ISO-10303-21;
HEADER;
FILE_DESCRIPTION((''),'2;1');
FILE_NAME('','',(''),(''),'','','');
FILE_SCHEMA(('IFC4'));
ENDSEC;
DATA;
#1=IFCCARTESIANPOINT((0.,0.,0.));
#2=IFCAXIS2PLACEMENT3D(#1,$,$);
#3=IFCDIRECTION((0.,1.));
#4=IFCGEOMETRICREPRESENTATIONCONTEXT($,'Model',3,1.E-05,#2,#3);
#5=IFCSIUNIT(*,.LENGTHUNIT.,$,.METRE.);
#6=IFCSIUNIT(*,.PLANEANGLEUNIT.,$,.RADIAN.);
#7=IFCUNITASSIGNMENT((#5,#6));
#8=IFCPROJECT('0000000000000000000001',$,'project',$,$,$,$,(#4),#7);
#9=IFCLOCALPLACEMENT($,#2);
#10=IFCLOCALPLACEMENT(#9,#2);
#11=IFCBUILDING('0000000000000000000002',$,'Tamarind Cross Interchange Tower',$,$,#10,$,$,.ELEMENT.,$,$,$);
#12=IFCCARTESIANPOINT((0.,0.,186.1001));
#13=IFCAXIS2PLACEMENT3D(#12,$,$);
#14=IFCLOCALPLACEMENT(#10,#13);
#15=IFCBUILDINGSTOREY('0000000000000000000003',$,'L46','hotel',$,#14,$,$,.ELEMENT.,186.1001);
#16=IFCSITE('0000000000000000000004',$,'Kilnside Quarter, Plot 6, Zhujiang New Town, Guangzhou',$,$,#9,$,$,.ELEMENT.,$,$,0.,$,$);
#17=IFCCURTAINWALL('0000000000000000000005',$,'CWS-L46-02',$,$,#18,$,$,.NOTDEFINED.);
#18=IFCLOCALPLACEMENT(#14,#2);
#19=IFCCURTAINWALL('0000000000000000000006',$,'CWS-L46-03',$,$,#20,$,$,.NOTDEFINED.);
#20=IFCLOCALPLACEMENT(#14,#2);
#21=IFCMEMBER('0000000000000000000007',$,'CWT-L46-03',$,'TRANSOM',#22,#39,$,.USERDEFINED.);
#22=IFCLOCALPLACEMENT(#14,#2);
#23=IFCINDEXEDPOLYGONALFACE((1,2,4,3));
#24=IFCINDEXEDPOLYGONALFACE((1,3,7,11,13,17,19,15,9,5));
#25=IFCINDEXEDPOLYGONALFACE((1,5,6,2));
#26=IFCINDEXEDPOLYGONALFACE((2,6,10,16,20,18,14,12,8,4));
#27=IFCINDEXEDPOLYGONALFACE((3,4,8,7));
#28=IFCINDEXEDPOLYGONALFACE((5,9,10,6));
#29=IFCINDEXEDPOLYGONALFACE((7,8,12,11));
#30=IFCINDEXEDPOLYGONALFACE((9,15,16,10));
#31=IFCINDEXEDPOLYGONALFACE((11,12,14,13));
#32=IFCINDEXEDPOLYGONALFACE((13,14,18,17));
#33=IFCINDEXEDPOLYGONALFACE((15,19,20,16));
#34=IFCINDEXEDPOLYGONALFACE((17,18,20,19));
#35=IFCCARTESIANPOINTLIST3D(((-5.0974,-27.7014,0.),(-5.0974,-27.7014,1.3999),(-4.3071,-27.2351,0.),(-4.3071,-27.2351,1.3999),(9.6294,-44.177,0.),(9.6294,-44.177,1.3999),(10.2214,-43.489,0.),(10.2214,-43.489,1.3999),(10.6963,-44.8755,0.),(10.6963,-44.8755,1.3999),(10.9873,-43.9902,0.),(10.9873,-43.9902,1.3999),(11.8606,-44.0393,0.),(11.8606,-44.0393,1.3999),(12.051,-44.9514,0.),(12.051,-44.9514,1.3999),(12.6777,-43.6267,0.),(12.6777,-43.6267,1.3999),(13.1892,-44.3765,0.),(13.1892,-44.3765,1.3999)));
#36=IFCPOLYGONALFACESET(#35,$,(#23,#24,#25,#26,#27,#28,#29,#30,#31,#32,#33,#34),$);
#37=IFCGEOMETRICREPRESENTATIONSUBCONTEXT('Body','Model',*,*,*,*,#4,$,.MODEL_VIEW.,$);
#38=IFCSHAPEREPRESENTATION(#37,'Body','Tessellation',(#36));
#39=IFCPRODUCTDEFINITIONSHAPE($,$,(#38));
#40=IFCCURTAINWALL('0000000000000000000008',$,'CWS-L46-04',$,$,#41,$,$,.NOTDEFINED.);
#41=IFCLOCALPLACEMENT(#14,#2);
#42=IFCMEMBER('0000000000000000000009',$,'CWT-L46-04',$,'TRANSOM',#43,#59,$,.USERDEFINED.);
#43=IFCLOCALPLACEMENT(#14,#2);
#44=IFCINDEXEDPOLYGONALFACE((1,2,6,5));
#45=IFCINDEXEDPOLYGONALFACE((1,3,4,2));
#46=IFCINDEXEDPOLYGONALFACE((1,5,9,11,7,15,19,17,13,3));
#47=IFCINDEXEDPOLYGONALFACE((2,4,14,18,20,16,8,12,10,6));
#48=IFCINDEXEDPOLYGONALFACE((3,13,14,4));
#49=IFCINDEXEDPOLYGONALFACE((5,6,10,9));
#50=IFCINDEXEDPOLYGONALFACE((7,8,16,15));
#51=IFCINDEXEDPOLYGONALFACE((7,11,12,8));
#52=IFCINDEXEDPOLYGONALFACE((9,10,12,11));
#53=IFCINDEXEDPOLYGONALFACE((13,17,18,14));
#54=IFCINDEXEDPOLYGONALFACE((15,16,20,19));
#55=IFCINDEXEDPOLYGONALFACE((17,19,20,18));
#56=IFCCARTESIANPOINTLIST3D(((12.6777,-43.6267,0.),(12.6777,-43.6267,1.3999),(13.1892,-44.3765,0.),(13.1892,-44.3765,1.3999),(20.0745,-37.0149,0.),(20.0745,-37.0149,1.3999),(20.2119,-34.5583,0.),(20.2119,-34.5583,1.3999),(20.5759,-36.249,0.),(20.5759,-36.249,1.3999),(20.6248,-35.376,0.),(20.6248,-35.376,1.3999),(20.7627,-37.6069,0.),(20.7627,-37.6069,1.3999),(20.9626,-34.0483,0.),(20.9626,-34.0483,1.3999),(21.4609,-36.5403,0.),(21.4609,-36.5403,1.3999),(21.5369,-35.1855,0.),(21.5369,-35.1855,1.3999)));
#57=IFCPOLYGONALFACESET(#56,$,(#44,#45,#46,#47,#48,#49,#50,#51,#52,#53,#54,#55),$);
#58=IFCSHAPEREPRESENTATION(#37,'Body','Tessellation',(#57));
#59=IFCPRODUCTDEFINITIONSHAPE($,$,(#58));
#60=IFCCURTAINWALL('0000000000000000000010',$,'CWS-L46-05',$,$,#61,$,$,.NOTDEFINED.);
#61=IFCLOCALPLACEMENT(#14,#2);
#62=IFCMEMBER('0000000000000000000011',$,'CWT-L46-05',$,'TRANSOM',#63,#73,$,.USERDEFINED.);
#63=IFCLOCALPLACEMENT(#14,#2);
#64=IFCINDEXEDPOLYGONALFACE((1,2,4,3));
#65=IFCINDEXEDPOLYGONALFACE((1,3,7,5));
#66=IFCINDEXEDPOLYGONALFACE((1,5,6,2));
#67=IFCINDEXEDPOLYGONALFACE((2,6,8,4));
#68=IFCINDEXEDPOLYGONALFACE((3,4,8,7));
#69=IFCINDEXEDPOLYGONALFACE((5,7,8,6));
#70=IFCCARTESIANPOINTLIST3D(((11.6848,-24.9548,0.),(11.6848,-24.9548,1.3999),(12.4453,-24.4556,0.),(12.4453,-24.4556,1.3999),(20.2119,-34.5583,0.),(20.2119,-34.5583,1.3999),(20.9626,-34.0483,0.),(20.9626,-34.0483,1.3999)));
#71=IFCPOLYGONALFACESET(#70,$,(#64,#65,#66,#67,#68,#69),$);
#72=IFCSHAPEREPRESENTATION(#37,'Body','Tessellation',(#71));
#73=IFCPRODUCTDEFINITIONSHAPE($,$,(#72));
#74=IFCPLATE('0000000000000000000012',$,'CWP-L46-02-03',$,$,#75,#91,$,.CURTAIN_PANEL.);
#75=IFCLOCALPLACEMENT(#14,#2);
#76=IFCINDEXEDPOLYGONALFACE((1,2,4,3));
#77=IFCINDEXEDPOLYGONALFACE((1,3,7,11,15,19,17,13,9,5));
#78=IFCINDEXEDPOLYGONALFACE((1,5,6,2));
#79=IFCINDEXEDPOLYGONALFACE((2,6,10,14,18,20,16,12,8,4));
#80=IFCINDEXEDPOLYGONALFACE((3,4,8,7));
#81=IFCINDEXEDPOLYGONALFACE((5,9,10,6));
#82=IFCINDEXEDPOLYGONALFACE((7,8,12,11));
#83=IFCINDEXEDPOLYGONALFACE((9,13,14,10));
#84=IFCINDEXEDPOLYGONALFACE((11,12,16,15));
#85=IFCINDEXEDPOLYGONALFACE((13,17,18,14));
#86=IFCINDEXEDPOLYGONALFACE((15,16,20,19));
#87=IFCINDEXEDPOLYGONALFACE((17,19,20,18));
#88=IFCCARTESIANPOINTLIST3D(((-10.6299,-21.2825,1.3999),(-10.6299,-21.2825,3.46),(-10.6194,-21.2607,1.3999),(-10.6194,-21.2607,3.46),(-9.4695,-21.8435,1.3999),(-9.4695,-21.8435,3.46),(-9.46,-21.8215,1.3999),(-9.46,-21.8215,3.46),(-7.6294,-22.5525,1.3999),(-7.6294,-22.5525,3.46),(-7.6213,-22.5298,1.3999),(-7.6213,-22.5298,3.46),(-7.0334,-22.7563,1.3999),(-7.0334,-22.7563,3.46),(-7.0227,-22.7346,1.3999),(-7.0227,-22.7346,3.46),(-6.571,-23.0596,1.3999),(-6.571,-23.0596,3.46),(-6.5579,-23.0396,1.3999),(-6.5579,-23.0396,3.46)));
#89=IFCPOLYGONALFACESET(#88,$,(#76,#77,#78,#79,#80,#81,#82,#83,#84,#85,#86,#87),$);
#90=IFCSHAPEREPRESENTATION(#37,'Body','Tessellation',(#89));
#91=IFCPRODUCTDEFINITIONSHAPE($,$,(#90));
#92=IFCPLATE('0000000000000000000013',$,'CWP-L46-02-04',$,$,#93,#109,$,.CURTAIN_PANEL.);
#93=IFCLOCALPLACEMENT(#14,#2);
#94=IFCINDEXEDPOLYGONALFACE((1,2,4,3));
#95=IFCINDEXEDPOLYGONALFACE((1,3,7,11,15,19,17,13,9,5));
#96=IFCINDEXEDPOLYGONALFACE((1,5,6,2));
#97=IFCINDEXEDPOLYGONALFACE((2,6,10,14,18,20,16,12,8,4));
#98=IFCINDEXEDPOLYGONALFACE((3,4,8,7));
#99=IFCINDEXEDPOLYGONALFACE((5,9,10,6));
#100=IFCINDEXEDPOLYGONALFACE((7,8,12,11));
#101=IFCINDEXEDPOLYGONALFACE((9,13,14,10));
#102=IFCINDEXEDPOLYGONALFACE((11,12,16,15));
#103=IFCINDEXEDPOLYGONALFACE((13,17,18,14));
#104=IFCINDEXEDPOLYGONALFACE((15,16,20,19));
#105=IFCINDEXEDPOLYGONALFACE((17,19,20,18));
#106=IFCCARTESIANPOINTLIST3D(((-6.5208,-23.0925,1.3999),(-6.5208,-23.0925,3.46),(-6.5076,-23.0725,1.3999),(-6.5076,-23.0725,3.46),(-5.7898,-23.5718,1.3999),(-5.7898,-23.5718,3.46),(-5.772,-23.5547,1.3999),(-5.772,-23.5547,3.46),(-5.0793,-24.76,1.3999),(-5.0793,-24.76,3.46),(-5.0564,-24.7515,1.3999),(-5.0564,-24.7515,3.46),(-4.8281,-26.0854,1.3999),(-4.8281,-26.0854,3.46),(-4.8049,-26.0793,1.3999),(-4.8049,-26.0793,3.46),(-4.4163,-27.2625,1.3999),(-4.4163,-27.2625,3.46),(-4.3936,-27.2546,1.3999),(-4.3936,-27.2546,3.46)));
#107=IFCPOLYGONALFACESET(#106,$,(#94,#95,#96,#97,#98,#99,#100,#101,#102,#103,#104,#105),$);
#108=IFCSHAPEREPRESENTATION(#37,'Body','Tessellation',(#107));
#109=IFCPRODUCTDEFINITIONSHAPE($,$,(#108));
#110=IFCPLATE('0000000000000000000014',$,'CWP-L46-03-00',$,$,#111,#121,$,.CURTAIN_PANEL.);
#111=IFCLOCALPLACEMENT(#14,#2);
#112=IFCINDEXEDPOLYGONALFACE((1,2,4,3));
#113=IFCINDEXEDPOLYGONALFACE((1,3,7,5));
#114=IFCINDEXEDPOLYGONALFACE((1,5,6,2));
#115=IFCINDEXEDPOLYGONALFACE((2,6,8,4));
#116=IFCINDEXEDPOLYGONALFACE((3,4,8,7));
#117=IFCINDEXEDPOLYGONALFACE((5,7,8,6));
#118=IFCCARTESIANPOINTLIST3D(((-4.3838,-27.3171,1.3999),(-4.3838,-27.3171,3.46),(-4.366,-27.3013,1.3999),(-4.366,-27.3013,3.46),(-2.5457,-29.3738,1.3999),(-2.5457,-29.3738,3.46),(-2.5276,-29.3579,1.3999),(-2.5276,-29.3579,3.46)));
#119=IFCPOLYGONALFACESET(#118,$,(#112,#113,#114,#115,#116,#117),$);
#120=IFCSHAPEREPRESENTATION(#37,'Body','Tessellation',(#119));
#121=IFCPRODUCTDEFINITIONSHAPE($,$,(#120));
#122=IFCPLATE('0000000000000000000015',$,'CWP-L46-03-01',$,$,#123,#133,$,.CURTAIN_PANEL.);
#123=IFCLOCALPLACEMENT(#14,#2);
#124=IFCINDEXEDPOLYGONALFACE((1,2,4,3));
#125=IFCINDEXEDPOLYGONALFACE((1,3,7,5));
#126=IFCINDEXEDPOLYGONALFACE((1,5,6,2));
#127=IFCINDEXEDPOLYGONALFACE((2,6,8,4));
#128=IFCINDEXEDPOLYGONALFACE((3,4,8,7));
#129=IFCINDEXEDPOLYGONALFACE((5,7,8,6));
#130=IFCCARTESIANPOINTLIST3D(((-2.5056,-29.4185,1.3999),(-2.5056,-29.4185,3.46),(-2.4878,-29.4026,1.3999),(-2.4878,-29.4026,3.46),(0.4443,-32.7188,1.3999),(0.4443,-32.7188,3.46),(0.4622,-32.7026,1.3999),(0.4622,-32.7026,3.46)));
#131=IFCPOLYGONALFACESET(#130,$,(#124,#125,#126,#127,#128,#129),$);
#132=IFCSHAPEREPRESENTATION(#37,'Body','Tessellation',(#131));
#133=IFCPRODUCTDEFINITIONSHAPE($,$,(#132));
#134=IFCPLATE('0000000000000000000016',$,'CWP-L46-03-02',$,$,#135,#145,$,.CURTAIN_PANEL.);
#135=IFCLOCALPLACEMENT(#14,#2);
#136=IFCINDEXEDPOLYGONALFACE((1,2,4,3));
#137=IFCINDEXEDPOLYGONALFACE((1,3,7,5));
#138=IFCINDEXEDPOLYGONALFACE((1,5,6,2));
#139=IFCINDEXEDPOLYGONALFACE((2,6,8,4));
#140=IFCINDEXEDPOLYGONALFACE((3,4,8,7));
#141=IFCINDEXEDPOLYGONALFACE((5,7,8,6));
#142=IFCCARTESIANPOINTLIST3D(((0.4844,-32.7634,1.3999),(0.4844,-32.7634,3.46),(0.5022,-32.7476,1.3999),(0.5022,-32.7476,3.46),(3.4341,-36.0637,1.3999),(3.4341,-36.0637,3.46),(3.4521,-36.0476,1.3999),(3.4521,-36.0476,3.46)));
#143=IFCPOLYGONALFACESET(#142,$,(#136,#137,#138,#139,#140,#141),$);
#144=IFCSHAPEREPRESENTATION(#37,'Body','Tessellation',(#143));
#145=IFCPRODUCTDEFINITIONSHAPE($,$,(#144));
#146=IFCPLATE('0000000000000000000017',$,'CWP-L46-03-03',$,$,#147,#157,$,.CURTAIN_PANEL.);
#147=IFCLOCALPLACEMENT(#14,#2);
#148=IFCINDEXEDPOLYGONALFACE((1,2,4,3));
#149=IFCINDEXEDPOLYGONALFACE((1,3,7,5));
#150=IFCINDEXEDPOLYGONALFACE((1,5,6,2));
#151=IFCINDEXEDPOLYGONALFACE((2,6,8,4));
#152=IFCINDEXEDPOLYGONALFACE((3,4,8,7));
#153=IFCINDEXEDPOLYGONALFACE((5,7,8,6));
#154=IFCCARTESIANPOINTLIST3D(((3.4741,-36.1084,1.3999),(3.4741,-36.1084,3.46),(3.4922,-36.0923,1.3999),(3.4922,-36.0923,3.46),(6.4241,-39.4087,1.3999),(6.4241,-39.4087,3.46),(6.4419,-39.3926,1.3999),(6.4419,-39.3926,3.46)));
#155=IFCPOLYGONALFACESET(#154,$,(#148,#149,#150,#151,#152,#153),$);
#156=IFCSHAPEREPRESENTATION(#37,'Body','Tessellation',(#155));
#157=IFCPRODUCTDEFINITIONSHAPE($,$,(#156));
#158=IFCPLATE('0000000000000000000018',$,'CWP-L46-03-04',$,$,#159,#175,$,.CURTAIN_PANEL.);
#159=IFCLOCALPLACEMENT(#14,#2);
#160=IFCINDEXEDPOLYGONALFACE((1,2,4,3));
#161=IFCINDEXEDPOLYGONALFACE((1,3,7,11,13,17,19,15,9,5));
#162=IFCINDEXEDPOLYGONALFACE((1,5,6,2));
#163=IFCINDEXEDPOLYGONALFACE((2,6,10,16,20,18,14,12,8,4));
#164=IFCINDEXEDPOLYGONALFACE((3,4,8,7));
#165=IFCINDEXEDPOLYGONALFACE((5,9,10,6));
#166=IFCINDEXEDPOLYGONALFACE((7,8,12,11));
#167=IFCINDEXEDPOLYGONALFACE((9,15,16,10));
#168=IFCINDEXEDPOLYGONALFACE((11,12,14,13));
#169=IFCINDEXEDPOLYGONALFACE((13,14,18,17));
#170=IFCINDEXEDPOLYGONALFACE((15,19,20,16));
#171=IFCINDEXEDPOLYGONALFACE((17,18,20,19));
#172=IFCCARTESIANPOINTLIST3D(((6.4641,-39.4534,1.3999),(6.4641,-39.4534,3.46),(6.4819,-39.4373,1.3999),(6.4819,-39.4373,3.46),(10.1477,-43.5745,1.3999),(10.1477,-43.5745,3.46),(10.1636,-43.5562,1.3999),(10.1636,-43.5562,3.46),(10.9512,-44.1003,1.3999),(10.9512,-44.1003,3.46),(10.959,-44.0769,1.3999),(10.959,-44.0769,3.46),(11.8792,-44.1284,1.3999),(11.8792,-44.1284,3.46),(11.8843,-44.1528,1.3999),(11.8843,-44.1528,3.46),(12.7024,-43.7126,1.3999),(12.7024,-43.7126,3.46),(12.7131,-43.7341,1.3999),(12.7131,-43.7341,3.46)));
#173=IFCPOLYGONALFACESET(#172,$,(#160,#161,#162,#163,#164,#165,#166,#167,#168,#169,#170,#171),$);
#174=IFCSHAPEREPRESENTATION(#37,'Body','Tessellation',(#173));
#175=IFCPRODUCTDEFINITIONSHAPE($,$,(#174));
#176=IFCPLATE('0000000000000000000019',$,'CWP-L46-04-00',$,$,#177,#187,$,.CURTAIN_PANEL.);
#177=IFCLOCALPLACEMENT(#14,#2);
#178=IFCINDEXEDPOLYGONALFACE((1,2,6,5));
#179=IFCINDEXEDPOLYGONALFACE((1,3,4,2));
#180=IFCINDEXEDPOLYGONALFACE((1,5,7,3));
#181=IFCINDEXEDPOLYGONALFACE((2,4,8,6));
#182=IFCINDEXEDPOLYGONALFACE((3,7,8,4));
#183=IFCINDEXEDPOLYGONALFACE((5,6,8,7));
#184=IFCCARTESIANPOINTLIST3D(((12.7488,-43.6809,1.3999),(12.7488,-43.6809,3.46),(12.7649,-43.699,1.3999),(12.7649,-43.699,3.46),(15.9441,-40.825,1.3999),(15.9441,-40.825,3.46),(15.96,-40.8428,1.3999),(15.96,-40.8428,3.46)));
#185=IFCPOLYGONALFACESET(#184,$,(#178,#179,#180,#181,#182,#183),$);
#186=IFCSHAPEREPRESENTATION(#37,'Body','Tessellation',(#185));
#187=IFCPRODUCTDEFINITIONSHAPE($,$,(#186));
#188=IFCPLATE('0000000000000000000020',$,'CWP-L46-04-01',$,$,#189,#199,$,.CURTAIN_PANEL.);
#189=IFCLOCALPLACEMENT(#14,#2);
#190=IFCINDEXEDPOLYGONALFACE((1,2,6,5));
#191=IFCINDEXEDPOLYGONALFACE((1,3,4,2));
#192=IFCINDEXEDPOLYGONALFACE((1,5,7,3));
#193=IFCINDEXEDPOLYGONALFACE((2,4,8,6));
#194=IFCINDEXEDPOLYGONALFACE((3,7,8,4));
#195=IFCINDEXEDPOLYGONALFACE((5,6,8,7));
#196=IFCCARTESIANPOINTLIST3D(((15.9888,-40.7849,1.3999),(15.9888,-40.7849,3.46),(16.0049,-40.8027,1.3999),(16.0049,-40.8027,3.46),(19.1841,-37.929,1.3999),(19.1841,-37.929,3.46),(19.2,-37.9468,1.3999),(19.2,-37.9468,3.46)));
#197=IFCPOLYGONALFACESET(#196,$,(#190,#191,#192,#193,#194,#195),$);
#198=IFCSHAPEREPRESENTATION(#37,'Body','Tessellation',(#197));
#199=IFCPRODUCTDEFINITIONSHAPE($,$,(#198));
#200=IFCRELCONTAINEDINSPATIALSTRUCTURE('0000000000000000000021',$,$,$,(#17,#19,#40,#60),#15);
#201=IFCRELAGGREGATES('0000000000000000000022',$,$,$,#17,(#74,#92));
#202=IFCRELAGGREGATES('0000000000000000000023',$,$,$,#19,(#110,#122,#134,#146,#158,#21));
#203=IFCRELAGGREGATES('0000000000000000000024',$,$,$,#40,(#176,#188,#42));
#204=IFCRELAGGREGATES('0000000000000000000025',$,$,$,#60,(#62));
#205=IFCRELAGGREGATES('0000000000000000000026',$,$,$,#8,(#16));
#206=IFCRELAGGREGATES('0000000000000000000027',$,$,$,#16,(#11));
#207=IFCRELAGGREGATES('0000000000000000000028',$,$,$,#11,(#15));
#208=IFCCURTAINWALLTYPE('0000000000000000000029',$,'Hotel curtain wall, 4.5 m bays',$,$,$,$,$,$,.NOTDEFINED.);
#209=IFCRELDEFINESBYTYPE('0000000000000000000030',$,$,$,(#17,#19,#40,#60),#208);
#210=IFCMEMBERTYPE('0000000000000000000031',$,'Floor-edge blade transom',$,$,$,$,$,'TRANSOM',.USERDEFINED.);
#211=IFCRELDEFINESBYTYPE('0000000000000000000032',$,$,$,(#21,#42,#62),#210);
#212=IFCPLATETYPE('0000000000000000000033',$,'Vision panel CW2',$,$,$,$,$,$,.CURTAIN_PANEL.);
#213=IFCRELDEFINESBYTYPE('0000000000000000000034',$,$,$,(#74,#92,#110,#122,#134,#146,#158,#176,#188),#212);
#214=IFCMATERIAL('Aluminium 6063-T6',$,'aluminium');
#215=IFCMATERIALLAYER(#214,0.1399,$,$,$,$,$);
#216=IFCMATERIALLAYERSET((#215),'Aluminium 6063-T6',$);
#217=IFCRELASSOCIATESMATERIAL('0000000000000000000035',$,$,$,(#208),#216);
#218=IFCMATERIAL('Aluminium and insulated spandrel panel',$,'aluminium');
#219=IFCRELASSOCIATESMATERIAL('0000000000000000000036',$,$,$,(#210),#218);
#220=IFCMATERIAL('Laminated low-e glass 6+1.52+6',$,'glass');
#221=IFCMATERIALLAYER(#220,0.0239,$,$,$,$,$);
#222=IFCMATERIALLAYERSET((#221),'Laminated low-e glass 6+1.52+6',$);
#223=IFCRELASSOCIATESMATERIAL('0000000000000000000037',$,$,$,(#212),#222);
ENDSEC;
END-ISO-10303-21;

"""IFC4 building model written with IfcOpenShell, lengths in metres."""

from ifc_helpers import new_model, si_unit, direction, frame, origin, place, context, subcontext, project, spatial, polyline, outline, extrude, material, layer, layer_set, type_object, element, aggregate, save


model = new_model("IFC4")

# Units and contexts
model_context = context("Model", 3, precision=1e-05, world=origin(), true_north=direction((0.0, 1.0)))
body_context = subcontext(model_context, "Body", "Model", "MODEL_VIEW")
ifc_project = project(units=[si_unit("LENGTHUNIT", "METRE"), si_unit("PLANEANGLEUNIT", "RADIAN")], contexts=[model_context])

# Site, building, storey
site_placement = place(None, origin())
site = spatial("IfcSite", under=ifc_project, at=site_placement, Name="Kilnside Quarter, Plot 6, Zhujiang New Town, Guangzhou", CompositionType="ELEMENT", RefElevation=0.0)
building_placement = place(site_placement, origin())
building = spatial("IfcBuilding", under=site, at=building_placement, Name="Tamarind Cross Interchange Tower", CompositionType="ELEMENT")
storey_placement = place(building_placement, frame((0.0, 0.0, 186.1001)))
storey = spatial("IfcBuildingStorey", under=building, at=storey_placement, Name="L46", Description="hotel", CompositionType="ELEMENT", Elevation=186.1001)

# Curtain wall
ifc_material_1 = material(Name="Aluminium 6063-T6", Category="aluminium")
ifc_layer_1 = layer(ifc_material_1, 0.1399)
ifc_layer_set_1 = layer_set([ifc_layer_1], Name="Aluminium 6063-T6")
curtain_wall_type = type_object("IfcCurtainWallType", Name="Hotel curtain wall, 4.5 m bays", PredefinedType="NOTDEFINED", material=ifc_layer_set_1)
curtain_wall_1_placement = place(storey_placement, origin())
curtain_wall_1 = element("IfcCurtainWall", 1, at=curtain_wall_1_placement, inside=storey, type_object=curtain_wall_type, Name="CWS-L46-02", PredefinedType="NOTDEFINED")
ifc_material_2 = material(Name="Aluminium and insulated spandrel panel", Category="aluminium")
member_type = type_object("IfcMemberType", Name="Floor-edge blade transom", ElementType="TRANSOM", PredefinedType="USERDEFINED", material=ifc_material_2)

# Curtain walls, members
curtain_wall_2_placement = place(storey_placement, origin())
curtain_wall_2 = element("IfcCurtainWall", 2, at=curtain_wall_2_placement, inside=storey, type_object=curtain_wall_type, Name="CWS-L46-03", PredefinedType="NOTDEFINED")
member_1_placement = place(storey_placement, origin())
member_1 = element("IfcMember", 3, at=member_1_placement, type_object=member_type, Name="CWT-L46-03", ObjectType="TRANSOM", PredefinedType="USERDEFINED", context=body_context, shape_type="SweptSolid", body=[
    extrude(outline(polyline([(-4.3071, -27.2351), (10.2214, -43.489), (10.9873, -43.9902), (11.8606, -44.0393), (12.6777, -43.6267), (13.1892, -44.3765), (12.051, -44.9514), (10.6963, -44.8755), (9.6294, -44.177), (-5.0974, -27.7014), (-4.3071, -27.2351)])), origin(), (0.0, 0.0, 1.0), 1.3999),
])
curtain_wall_3_placement = place(storey_placement, origin())
curtain_wall_3 = element("IfcCurtainWall", 4, at=curtain_wall_3_placement, inside=storey, type_object=curtain_wall_type, Name="CWS-L46-04", PredefinedType="NOTDEFINED")
member_2_placement = place(storey_placement, origin())
member_2 = element("IfcMember", 5, at=member_2_placement, type_object=member_type, Name="CWT-L46-04", ObjectType="TRANSOM", PredefinedType="USERDEFINED", context=body_context, shape_type="SweptSolid", body=[
    extrude(outline(polyline([(12.6777, -43.6267), (20.0745, -37.0149), (20.5759, -36.249), (20.6248, -35.376), (20.2119, -34.5583), (20.9626, -34.0483), (21.5369, -35.1855), (21.4609, -36.5403), (20.7627, -37.6069), (13.1892, -44.3765), (12.6777, -43.6267)])), origin(), (0.0, 0.0, 1.0), 1.3999),
])
curtain_wall_4_placement = place(storey_placement, origin())
curtain_wall_4 = element("IfcCurtainWall", 6, at=curtain_wall_4_placement, inside=storey, type_object=curtain_wall_type, Name="CWS-L46-05", PredefinedType="NOTDEFINED")
member_3_placement = place(storey_placement, origin())
member_3 = element("IfcMember", 7, at=member_3_placement, type_object=member_type, Name="CWT-L46-05", ObjectType="TRANSOM", PredefinedType="USERDEFINED", context=body_context, shape_type="SweptSolid", body=[
    extrude(outline(polyline([(20.2119, -34.5583), (11.6848, -24.9548), (12.4453, -24.4556), (20.9626, -34.0483), (20.2119, -34.5583)])), origin(), (0.0, 0.0, 1.0), 1.3999),
])

# Plates
ifc_material_3 = material(Name="Laminated low-e glass 6+1.52+6", Category="glass")
ifc_layer_2 = layer(ifc_material_3, 0.0239)
ifc_layer_set_2 = layer_set([ifc_layer_2], Name="Laminated low-e glass 6+1.52+6")
plate_type = type_object("IfcPlateType", Name="Vision panel CW2", PredefinedType="CURTAIN_PANEL", material=ifc_layer_set_2)
plate_1_placement = place(storey_placement, frame((0.0, 0.0, 1.3999)))
plate_1 = element("IfcPlate", 8, at=plate_1_placement, type_object=plate_type, Name="CWP-L46-02-03", PredefinedType="CURTAIN_PANEL", context=body_context, shape_type="SweptSolid", body=[
    extrude(outline(polyline([(-10.6194, -21.2607), (-9.46, -21.8215), (-7.6213, -22.5298), (-7.0227, -22.7346), (-6.5579, -23.0396), (-6.571, -23.0596), (-7.0334, -22.7563), (-7.6294, -22.5525), (-9.4695, -21.8435), (-10.6299, -21.2825), (-10.6194, -21.2607)])), origin(), (0.0, 0.0, 1.0), 2.0601),
])
plate_2_placement = place(storey_placement, frame((0.0, 0.0, 1.3999)))
plate_2 = element("IfcPlate", 9, at=plate_2_placement, type_object=plate_type, Name="CWP-L46-02-04", PredefinedType="CURTAIN_PANEL", context=body_context, shape_type="SweptSolid", body=[
    extrude(outline(polyline([(-6.5076, -23.0725), (-5.772, -23.5547), (-5.0564, -24.7515), (-4.8049, -26.0793), (-4.3936, -27.2546), (-4.4163, -27.2625), (-4.8281, -26.0854), (-5.0793, -24.76), (-5.7898, -23.5718), (-6.5208, -23.0925), (-6.5076, -23.0725)])), origin(), (0.0, 0.0, 1.0), 2.0601),
])
aggregate(curtain_wall_1, [plate_1, plate_2])
plate_3_placement = place(storey_placement, frame((0.0, 0.0, 1.3999)))
plate_3 = element("IfcPlate", 10, at=plate_3_placement, type_object=plate_type, Name="CWP-L46-03-00", PredefinedType="CURTAIN_PANEL", context=body_context, shape_type="SweptSolid", body=[
    extrude(outline(polyline([(-4.366, -27.3013), (-2.5276, -29.3579), (-2.5457, -29.3738), (-4.3838, -27.3171), (-4.366, -27.3013)])), origin(), (0.0, 0.0, 1.0), 2.0601),
])
plate_4_placement = place(storey_placement, frame((0.0, 0.0, 1.3999)))
plate_4 = element("IfcPlate", 11, at=plate_4_placement, type_object=plate_type, Name="CWP-L46-03-01", PredefinedType="CURTAIN_PANEL", context=body_context, shape_type="SweptSolid", body=[
    extrude(outline(polyline([(-2.4878, -29.4026), (0.4622, -32.7026), (0.4443, -32.7188), (-2.5056, -29.4185), (-2.4878, -29.4026)])), origin(), (0.0, 0.0, 1.0), 2.0601),
])
plate_5_placement = place(storey_placement, frame((0.0, 0.0, 1.3999)))
plate_5 = element("IfcPlate", 12, at=plate_5_placement, type_object=plate_type, Name="CWP-L46-03-02", PredefinedType="CURTAIN_PANEL", context=body_context, shape_type="SweptSolid", body=[
    extrude(outline(polyline([(0.5022, -32.7476), (3.4521, -36.0476), (3.4341, -36.0637), (0.4844, -32.7634), (0.5022, -32.7476)])), origin(), (0.0, 0.0, 1.0), 2.0601),
])
plate_6_placement = place(storey_placement, frame((0.0, 0.0, 1.3999)))
plate_6 = element("IfcPlate", 13, at=plate_6_placement, type_object=plate_type, Name="CWP-L46-03-03", PredefinedType="CURTAIN_PANEL", context=body_context, shape_type="SweptSolid", body=[
    extrude(outline(polyline([(3.4922, -36.0923), (6.4419, -39.3926), (6.4241, -39.4087), (3.4741, -36.1084), (3.4922, -36.0923)])), origin(), (0.0, 0.0, 1.0), 2.0601),
])
plate_7_placement = place(storey_placement, frame((0.0, 0.0, 1.3999)))
plate_7 = element("IfcPlate", 14, at=plate_7_placement, type_object=plate_type, Name="CWP-L46-03-04", PredefinedType="CURTAIN_PANEL", context=body_context, shape_type="SweptSolid", body=[
    extrude(outline(polyline([(6.4819, -39.4373), (10.1636, -43.5562), (10.959, -44.0769), (11.8792, -44.1284), (12.7024, -43.7126), (12.7131, -43.7341), (11.8843, -44.1528), (10.9512, -44.1003), (10.1477, -43.5745), (6.4641, -39.4534), (6.4819, -39.4373)])), origin(), (0.0, 0.0, 1.0), 2.0601),
])
aggregate(curtain_wall_2, [plate_3, plate_4, plate_5, plate_6, plate_7, member_1])
plate_8_placement = place(storey_placement, frame((0.0, 0.0, 1.3999)))
plate_8 = element("IfcPlate", 15, at=plate_8_placement, type_object=plate_type, Name="CWP-L46-04-00", PredefinedType="CURTAIN_PANEL", context=body_context, shape_type="SweptSolid", body=[
    extrude(outline(polyline([(12.7488, -43.6809), (15.9441, -40.825), (15.96, -40.8428), (12.7649, -43.699), (12.7488, -43.6809)])), origin(), (0.0, 0.0, 1.0), 2.0601),
])
plate_9_placement = place(storey_placement, frame((0.0, 0.0, 1.3999)))
plate_9 = element("IfcPlate", 16, at=plate_9_placement, type_object=plate_type, Name="CWP-L46-04-01", PredefinedType="CURTAIN_PANEL", context=body_context, shape_type="SweptSolid", body=[
    extrude(outline(polyline([(15.9888, -40.7849), (19.1841, -37.929), (19.2, -37.9468), (16.0049, -40.8027), (15.9888, -40.7849)])), origin(), (0.0, 0.0, 1.0), 2.0601),
])
aggregate(curtain_wall_3, [plate_8, plate_9, member_2])
aggregate(curtain_wall_4, [member_3])

save(model, "model.ifc")
